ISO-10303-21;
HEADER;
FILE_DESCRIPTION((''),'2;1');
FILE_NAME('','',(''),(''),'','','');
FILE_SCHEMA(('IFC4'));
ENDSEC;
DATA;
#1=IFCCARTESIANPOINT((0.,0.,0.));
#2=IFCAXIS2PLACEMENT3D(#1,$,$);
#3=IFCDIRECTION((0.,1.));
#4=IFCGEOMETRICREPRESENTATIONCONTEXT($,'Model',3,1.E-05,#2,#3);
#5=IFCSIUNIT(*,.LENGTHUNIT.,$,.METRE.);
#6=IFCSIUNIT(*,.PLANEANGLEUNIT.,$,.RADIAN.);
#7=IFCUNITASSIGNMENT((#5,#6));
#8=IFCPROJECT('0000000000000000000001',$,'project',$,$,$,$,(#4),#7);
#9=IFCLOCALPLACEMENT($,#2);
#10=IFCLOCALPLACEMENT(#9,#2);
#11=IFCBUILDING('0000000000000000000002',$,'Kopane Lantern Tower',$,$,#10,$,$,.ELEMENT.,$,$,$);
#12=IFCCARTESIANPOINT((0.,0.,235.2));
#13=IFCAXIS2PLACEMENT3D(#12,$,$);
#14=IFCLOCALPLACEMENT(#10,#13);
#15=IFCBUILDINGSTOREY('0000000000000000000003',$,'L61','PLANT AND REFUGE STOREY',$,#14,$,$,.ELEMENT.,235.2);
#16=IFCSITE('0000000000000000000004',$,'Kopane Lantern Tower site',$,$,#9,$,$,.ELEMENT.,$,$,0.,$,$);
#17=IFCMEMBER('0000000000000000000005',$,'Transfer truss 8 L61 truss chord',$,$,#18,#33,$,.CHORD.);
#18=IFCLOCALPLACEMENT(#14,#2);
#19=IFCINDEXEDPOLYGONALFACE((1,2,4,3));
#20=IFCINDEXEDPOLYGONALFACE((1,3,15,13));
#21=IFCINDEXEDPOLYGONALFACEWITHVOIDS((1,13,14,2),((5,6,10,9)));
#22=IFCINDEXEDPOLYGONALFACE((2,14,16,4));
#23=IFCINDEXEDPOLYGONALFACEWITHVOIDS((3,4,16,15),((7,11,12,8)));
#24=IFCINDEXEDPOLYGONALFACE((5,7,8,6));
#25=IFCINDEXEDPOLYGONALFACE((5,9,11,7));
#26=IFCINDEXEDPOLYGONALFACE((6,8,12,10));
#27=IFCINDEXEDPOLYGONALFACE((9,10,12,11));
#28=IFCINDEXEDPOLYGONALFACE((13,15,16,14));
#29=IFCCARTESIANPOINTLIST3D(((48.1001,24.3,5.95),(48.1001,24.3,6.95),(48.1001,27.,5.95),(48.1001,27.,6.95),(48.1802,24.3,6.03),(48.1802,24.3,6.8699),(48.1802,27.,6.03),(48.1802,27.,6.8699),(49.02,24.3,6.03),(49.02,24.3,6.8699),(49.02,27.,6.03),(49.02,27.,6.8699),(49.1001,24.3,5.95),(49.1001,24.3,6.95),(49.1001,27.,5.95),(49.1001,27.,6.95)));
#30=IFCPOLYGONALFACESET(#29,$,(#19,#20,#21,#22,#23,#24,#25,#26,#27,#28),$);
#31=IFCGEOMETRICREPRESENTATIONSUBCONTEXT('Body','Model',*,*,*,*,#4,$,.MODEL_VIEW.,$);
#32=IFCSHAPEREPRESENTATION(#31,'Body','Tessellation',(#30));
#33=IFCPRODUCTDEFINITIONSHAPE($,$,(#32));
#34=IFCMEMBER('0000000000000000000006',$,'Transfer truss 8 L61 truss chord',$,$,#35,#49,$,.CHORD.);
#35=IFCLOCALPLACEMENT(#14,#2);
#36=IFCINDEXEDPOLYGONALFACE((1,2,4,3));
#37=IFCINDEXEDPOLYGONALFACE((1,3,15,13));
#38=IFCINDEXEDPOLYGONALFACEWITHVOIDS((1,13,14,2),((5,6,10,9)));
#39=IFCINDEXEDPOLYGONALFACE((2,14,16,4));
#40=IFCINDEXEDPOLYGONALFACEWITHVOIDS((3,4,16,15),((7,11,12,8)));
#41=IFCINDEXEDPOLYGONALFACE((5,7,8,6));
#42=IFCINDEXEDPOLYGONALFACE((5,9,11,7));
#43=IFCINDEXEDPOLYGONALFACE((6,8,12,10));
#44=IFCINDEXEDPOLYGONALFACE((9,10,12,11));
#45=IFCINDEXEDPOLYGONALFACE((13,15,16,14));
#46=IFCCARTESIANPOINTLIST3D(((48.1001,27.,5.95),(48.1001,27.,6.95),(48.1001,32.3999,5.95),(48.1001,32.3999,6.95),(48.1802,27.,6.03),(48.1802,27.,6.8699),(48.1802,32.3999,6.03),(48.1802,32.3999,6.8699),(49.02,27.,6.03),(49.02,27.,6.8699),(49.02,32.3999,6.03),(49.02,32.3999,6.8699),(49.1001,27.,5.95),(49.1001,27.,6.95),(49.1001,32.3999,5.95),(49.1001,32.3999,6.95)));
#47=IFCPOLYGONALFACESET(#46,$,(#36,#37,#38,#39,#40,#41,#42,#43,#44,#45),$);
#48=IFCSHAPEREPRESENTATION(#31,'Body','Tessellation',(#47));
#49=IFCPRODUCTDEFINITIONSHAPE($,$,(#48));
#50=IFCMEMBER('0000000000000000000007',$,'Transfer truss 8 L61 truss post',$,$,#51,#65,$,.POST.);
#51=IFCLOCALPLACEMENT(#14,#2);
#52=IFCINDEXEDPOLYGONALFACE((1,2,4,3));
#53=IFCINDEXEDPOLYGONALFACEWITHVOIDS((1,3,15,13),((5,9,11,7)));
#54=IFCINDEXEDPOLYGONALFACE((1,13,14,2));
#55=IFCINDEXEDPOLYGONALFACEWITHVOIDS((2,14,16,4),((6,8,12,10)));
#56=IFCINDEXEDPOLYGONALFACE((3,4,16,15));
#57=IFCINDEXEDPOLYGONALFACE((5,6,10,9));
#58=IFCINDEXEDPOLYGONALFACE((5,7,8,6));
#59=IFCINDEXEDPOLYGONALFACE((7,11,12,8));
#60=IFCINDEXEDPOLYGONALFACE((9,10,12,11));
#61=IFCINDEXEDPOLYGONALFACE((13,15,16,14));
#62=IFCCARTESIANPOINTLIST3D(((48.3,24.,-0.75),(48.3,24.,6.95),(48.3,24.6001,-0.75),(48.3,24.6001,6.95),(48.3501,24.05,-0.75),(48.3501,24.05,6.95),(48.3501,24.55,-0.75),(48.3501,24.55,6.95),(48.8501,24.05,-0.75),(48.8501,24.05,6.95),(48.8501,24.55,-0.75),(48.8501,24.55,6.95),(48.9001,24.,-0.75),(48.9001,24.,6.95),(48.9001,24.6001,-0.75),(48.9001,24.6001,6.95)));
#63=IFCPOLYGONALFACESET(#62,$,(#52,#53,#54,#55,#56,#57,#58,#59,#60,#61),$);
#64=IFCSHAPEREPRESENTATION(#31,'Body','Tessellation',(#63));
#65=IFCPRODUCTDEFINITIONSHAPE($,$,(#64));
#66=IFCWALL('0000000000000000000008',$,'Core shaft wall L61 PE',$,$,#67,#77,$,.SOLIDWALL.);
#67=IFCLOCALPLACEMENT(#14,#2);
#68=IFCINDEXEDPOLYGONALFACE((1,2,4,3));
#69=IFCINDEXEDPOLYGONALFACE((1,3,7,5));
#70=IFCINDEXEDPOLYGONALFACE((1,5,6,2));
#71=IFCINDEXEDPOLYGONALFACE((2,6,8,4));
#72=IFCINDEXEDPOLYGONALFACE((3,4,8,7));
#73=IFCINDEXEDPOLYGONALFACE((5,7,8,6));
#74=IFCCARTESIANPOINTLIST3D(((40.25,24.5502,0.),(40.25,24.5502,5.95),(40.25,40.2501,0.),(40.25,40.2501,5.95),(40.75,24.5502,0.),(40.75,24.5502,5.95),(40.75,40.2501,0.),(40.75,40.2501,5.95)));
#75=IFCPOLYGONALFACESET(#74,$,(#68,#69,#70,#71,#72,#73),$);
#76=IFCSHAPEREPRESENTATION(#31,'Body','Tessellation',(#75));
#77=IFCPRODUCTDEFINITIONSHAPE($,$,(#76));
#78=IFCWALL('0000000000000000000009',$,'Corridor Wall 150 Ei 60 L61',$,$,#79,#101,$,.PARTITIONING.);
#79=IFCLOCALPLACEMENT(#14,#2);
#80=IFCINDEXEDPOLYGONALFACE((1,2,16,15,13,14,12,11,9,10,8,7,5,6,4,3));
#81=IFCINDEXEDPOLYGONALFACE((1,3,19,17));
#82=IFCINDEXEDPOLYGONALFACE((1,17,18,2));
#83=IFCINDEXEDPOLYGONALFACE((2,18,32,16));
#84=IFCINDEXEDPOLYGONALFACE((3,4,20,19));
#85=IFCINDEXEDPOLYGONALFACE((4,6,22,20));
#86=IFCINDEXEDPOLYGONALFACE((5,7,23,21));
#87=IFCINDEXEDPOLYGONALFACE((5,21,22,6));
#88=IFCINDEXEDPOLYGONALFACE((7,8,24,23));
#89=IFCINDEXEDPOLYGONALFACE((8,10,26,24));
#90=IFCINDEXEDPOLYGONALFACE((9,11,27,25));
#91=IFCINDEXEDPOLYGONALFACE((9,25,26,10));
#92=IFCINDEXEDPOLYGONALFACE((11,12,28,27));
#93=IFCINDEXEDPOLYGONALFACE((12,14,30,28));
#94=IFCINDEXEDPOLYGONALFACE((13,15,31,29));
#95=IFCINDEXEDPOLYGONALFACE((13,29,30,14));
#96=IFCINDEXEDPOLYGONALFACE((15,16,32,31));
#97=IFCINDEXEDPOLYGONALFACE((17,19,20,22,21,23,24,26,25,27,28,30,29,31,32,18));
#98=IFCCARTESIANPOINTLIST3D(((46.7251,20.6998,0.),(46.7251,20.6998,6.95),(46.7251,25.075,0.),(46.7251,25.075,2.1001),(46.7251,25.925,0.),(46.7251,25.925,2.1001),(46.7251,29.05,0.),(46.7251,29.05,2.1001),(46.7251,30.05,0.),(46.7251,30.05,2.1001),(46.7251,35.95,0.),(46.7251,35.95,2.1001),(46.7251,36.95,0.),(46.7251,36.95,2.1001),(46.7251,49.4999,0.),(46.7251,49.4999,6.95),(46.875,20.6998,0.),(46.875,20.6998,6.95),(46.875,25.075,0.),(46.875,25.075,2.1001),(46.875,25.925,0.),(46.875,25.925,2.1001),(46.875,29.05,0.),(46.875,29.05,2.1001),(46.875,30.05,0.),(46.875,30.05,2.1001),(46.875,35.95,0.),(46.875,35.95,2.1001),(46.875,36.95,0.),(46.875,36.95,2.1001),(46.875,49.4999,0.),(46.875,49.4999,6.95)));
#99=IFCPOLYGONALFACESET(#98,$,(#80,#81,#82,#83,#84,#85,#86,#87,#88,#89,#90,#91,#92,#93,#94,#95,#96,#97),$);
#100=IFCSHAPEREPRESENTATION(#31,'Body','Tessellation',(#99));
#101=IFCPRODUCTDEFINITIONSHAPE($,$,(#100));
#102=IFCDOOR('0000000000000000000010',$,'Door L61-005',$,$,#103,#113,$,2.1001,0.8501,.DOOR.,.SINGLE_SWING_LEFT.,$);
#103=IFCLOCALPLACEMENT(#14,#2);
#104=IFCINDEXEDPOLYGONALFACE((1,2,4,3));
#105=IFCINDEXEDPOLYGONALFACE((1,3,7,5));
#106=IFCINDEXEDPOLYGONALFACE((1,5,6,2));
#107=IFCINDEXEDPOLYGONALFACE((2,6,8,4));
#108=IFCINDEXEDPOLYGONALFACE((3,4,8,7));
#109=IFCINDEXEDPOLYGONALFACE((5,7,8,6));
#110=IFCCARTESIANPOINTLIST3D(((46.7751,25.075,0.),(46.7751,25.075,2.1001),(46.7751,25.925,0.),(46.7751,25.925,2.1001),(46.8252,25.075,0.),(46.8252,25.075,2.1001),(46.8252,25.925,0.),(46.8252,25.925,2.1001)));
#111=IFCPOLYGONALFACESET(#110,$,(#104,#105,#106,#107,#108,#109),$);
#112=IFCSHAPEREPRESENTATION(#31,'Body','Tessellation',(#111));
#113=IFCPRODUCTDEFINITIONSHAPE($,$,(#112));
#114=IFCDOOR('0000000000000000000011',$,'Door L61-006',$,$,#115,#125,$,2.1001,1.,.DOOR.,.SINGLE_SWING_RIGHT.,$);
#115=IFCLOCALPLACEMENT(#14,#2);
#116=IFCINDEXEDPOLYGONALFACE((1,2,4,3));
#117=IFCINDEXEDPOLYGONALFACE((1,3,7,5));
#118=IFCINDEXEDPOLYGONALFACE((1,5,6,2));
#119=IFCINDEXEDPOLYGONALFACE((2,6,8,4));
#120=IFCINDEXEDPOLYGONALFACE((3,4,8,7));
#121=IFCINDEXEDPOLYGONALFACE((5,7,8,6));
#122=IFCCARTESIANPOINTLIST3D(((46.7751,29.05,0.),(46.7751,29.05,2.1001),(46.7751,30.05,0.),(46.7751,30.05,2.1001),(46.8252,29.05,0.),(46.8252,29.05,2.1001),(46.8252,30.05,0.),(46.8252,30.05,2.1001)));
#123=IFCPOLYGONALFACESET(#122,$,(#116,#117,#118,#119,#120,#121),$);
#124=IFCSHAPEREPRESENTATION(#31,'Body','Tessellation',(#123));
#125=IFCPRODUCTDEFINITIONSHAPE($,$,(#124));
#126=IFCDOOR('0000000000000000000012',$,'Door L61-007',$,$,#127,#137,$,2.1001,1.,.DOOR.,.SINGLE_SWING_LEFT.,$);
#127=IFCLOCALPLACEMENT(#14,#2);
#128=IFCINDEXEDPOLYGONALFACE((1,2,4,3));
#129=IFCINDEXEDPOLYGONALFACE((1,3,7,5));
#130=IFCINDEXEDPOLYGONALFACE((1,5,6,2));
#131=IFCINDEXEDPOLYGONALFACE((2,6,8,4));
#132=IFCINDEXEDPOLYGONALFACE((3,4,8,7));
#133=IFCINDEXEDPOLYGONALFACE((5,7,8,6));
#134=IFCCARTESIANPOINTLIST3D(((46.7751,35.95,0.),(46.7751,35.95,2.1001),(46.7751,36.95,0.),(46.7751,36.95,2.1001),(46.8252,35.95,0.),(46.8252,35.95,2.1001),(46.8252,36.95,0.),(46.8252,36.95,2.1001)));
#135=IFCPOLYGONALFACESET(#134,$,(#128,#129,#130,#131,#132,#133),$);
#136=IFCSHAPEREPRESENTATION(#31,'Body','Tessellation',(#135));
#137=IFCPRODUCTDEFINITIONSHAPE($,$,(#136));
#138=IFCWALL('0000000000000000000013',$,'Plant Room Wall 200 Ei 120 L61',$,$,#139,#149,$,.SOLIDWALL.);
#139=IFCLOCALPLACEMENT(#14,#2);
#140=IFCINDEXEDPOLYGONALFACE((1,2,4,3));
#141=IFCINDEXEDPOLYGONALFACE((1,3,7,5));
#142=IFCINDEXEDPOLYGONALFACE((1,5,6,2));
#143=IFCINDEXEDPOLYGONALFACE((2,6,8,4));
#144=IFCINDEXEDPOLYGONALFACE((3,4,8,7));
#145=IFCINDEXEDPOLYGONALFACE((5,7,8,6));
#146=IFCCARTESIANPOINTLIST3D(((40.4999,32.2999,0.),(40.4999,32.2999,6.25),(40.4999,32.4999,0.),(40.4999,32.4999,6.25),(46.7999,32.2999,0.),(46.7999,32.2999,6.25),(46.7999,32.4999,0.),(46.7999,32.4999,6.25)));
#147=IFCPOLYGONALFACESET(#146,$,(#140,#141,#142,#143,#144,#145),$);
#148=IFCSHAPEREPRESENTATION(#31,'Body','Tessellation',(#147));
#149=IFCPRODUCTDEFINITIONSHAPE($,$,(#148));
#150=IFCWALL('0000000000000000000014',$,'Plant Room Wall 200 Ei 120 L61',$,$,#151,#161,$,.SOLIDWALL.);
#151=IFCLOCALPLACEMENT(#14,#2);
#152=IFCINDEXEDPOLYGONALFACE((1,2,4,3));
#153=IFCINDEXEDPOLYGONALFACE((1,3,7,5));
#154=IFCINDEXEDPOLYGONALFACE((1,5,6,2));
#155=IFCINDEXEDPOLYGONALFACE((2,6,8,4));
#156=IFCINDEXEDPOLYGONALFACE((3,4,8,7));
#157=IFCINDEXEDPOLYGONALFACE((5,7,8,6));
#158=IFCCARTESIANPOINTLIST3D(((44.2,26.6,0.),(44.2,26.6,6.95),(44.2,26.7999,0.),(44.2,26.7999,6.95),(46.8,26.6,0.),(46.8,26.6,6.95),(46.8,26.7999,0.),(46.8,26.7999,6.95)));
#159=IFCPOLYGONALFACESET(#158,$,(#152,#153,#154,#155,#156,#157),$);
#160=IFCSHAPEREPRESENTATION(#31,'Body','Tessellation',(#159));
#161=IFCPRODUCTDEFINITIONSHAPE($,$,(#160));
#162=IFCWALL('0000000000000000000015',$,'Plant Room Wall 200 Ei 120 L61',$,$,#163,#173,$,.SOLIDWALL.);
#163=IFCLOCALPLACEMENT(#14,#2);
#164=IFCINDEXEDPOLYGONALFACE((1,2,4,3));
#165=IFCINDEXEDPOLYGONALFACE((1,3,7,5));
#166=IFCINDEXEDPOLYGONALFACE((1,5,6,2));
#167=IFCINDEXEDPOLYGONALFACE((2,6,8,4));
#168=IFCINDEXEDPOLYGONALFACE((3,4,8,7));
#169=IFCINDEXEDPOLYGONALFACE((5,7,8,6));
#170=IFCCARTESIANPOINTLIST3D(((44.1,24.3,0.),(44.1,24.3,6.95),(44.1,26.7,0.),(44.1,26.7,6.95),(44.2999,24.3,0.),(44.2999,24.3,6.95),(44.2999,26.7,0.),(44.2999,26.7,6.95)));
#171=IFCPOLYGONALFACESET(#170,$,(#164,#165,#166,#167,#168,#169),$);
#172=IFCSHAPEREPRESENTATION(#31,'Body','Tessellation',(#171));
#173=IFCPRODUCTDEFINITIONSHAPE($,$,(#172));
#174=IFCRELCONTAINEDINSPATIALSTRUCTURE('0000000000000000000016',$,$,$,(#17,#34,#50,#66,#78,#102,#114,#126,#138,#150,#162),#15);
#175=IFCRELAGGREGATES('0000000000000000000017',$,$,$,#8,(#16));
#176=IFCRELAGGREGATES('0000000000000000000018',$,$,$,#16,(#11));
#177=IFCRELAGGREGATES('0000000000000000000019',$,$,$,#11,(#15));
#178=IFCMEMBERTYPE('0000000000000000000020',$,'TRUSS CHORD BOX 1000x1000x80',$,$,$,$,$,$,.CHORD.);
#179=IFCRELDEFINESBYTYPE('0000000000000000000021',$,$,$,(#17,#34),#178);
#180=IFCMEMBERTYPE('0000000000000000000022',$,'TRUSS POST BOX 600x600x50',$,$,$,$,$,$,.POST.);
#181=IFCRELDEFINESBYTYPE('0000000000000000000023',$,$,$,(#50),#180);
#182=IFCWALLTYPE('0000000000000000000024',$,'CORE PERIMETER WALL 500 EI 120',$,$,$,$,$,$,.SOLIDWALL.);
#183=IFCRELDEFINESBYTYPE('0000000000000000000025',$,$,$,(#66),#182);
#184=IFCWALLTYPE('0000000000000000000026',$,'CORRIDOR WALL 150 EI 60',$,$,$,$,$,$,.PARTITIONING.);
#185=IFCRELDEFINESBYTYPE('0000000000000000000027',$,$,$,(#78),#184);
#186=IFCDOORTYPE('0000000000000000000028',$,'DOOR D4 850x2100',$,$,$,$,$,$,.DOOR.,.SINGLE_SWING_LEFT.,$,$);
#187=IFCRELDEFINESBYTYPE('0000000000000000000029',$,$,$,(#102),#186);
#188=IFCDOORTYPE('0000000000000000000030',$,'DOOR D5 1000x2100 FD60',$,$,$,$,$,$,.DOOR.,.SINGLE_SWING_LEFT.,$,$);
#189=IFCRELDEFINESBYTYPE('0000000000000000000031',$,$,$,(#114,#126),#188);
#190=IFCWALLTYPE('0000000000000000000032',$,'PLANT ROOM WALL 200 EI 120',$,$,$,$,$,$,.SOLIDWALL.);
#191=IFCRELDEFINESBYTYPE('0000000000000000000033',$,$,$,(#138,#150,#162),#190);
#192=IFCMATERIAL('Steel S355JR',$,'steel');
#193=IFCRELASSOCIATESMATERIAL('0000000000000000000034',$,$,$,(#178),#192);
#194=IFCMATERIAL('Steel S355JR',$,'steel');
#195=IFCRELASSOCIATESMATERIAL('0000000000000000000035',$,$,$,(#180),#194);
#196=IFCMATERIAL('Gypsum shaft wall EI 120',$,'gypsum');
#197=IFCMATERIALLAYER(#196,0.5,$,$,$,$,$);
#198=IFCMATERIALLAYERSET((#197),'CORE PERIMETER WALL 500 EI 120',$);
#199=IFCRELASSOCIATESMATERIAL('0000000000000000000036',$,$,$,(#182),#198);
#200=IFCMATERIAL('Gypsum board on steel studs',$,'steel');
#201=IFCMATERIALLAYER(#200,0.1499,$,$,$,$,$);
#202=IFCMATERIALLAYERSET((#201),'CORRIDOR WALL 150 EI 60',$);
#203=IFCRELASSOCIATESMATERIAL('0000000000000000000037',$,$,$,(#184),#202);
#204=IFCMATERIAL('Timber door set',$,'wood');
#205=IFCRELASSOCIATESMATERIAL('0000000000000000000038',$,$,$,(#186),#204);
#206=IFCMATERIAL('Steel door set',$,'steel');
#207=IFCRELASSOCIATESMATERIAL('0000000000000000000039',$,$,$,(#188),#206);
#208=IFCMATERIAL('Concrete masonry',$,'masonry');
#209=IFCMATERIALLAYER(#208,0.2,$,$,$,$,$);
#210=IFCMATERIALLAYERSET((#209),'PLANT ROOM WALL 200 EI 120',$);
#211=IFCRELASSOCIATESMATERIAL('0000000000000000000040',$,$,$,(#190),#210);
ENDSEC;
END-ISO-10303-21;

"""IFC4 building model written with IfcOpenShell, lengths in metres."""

from ifc_helpers import new_model, si_unit, direction, frame, frame_2d, origin, origin_2d, place, context, subcontext, project, spatial, rectangle, hollow_rectangle, extrude, material, layer, layer_set, material_profile, profile_set, type_object, element, fill, save


model = new_model("IFC4")

# Units and contexts
model_context = context("Model", 3, precision=1e-05, world=origin(), true_north=direction((0.0, 1.0)))
body_context = subcontext(model_context, "Body", "Model", "MODEL_VIEW")
ifc_project = project(units=[si_unit("LENGTHUNIT", "METRE"), si_unit("PLANEANGLEUNIT", "RADIAN")], contexts=[model_context])

# Site, building, storey
site_placement = place(None, origin())
site = spatial("IfcSite", under=ifc_project, at=site_placement, Name="Kopane Lantern Tower site", CompositionType="ELEMENT", RefElevation=0.0)
building_placement = place(site_placement, origin())
building = spatial("IfcBuilding", under=site, at=building_placement, Name="Kopane Lantern Tower", CompositionType="ELEMENT")
storey_placement = place(building_placement, frame((0.0, 0.0, 235.2)))
storey = spatial("IfcBuildingStorey", under=building, at=storey_placement, Name="L61", Description="PLANT AND REFUGE STOREY", CompositionType="ELEMENT", Elevation=235.2)

# Members
ifc_material_1 = material(Name="Steel S355JR", Category="steel")
ifc_material_profile_1 = material_profile(ifc_material_1, hollow_rectangle(XDim=1.0, YDim=1.0, WallThickness=0.0801, at=origin_2d()), Name="BOX 1000x1000x80")
ifc_profile_set_1 = profile_set([ifc_material_profile_1], Name="Steel S355JR")
member_type_1 = type_object("IfcMemberType", Name="TRUSS CHORD BOX 1000x1000x80", PredefinedType="CHORD", material=ifc_profile_set_1)
member_1_placement = place(storey_placement, frame((48.6001, 24.3, 6.45), z_axis=(0.0, 1.0, 0.0), x_axis=(-1.0, 0.0, 0.0)))
element("IfcMember", 1, at=member_1_placement, inside=storey, type_object=member_type_1, Name="Transfer truss 8 L61 truss chord", PredefinedType="CHORD", context=body_context, shape_type="SweptSolid", body=[
    extrude(hollow_rectangle(XDim=1.0, YDim=1.0, WallThickness=0.0801, at=origin_2d()), origin(), (0.0, 0.0, 1.0), 2.7),
])
member_2_placement = place(storey_placement, frame((48.6001, 27.0, 6.45), z_axis=(0.0, 1.0, 0.0), x_axis=(-1.0, 0.0, 0.0)))
element("IfcMember", 2, at=member_2_placement, inside=storey, type_object=member_type_1, Name="Transfer truss 8 L61 truss chord", PredefinedType="CHORD", context=body_context, shape_type="SweptSolid", body=[
    extrude(hollow_rectangle(XDim=1.0, YDim=1.0, WallThickness=0.0801, at=origin_2d()), origin(), (0.0, 0.0, 1.0), 5.3999),
])
ifc_material_2 = material(Name="Steel S355JR", Category="steel")
ifc_material_profile_2 = material_profile(ifc_material_2, hollow_rectangle(XDim=0.6001, YDim=0.6001, WallThickness=0.05, at=origin_2d()), Name="BOX 600x600x50")
ifc_profile_set_2 = profile_set([ifc_material_profile_2], Name="Steel S355JR")
member_type_2 = type_object("IfcMemberType", Name="TRUSS POST BOX 600x600x50", PredefinedType="POST", material=ifc_profile_set_2)
member_3_placement = place(storey_placement, frame((48.6001, 24.3, -0.75), z_axis=(0.0, 0.0, 1.0), x_axis=(1.0, 0.0, 0.0)))
element("IfcMember", 3, at=member_3_placement, inside=storey, type_object=member_type_2, Name="Transfer truss 8 L61 truss post", PredefinedType="POST", context=body_context, shape_type="SweptSolid", body=[
    extrude(hollow_rectangle(XDim=0.6001, YDim=0.6001, WallThickness=0.05, at=origin_2d()), origin(), (0.0, 0.0, 1.0), 7.7),
])

# Wall
ifc_material_3 = material(Name="Gypsum shaft wall EI 120", Category="gypsum")
ifc_layer_1 = layer(ifc_material_3, 0.5)
ifc_layer_set_1 = layer_set([ifc_layer_1], Name="CORE PERIMETER WALL 500 EI 120")
wall_type_1 = type_object("IfcWallType", Name="CORE PERIMETER WALL 500 EI 120", PredefinedType="SOLIDWALL", material=ifc_layer_set_1)
wall_1_placement = place(storey_placement, frame((40.5, 24.55, 0.0), z_axis=(0.0, 0.0, 1.0), x_axis=(0.0, 1.0, 0.0)))
element("IfcWall", 4, at=wall_1_placement, inside=storey, type_object=wall_type_1, Name="Core shaft wall L61 PE", PredefinedType="SOLIDWALL", context=body_context, shape_type="SweptSolid", body=[
    extrude(rectangle(XDim=15.7, YDim=0.5, at=frame_2d((7.8501, 0.0))), origin(), (0.0, 0.0, 1.0), 5.95),
])

# Wall, openings, doors
ifc_material_4 = material(Name="Gypsum board on steel studs", Category="steel")
ifc_layer_2 = layer(ifc_material_4, 0.1499)
ifc_layer_set_2 = layer_set([ifc_layer_2], Name="CORRIDOR WALL 150 EI 60")
wall_type_2 = type_object("IfcWallType", Name="CORRIDOR WALL 150 EI 60", PredefinedType="PARTITIONING", material=ifc_layer_set_2)
wall_2_placement = place(storey_placement, frame((46.8, 20.7, 0.0), z_axis=(0.0, 0.0, 1.0), x_axis=(0.0, 1.0, 0.0)))
wall_2 = element("IfcWall", 5, at=wall_2_placement, inside=storey, type_object=wall_type_2, Name="Corridor Wall 150 Ei 60 L61", PredefinedType="PARTITIONING", context=body_context, shape_type="SweptSolid", body=[
    extrude(rectangle(XDim=28.8, YDim=0.1499, at=frame_2d((14.3999, 0.0))), origin(), (0.0, 0.0, 1.0), 6.95),
])
opening_1_placement = place(wall_2_placement, frame((4.375, 0.0, 0.0)))
opening_1 = element("IfcOpeningElement", 6, at=opening_1_placement, cuts=wall_2, PredefinedType="OPENING", context=body_context, shape_type="SweptSolid", body=[
    extrude(rectangle(XDim=0.8501, YDim=2.1001, at=frame_2d((0.425, 1.05))), frame((0.0, 0.085, 0.0), z_axis=(0.0, -1.0, 0.0), x_axis=(1.0, 0.0, 0.0)), (0.0, 0.0, 1.0), 0.1699),
])
opening_2_placement = place(wall_2_placement, frame((8.3501, 0.0, 0.0)))
opening_2 = element("IfcOpeningElement", 7, at=opening_2_placement, cuts=wall_2, PredefinedType="OPENING", context=body_context, shape_type="SweptSolid", body=[
    extrude(rectangle(XDim=1.0, YDim=2.1001, at=frame_2d((0.5, 1.05))), frame((0.0, 0.085, 0.0), z_axis=(0.0, -1.0, 0.0), x_axis=(1.0, 0.0, 0.0)), (0.0, 0.0, 1.0), 0.1699),
])
opening_3_placement = place(wall_2_placement, frame((15.25, 0.0, 0.0)))
opening_3 = element("IfcOpeningElement", 8, at=opening_3_placement, cuts=wall_2, PredefinedType="OPENING", context=body_context, shape_type="SweptSolid", body=[
    extrude(rectangle(XDim=1.0, YDim=2.1001, at=frame_2d((0.5, 1.05))), frame((0.0, 0.085, 0.0), z_axis=(0.0, -1.0, 0.0), x_axis=(1.0, 0.0, 0.0)), (0.0, 0.0, 1.0), 0.1699),
])
ifc_material_5 = material(Name="Timber door set", Category="wood")
door_type_1 = type_object("IfcDoorType", Name="DOOR D4 850x2100", OperationType="SINGLE_SWING_LEFT", PredefinedType="DOOR", material=ifc_material_5)
door_1_placement = place(opening_1_placement, origin())
door_1 = element("IfcDoor", 9, at=door_1_placement, inside=storey, type_object=door_type_1, Name="Door L61-005", OperationType="SINGLE_SWING_LEFT", OverallHeight=2.1001, OverallWidth=0.8501, PredefinedType="DOOR", context=body_context, shape_type="SweptSolid", body=[
    extrude(rectangle(XDim=0.8501, YDim=2.1001, at=frame_2d((0.425, 1.05))), frame((0.0, 0.0249, 0.0), z_axis=(0.0, -1.0, 0.0), x_axis=(1.0, 0.0, 0.0)), (0.0, 0.0, 1.0), 0.05),
])
fill(opening_1, door_1)
ifc_material_6 = material(Name="Steel door set", Category="steel")
door_type_2 = type_object("IfcDoorType", Name="DOOR D5 1000x2100 FD60", OperationType="SINGLE_SWING_LEFT", PredefinedType="DOOR", material=ifc_material_6)
door_2_placement = place(opening_2_placement, origin())
door_2 = element("IfcDoor", 10, at=door_2_placement, inside=storey, type_object=door_type_2, Name="Door L61-006", OperationType="SINGLE_SWING_RIGHT", OverallHeight=2.1001, OverallWidth=1.0, PredefinedType="DOOR", context=body_context, shape_type="SweptSolid", body=[
    extrude(rectangle(XDim=1.0, YDim=2.1001, at=frame_2d((0.5, 1.05))), frame((0.0, 0.0249, 0.0), z_axis=(0.0, -1.0, 0.0), x_axis=(1.0, 0.0, 0.0)), (0.0, 0.0, 1.0), 0.05),
])
fill(opening_2, door_2)
door_3_placement = place(opening_3_placement, origin())
door_3 = element("IfcDoor", 11, at=door_3_placement, inside=storey, type_object=door_type_2, Name="Door L61-007", OperationType="SINGLE_SWING_LEFT", OverallHeight=2.1001, OverallWidth=1.0, PredefinedType="DOOR", context=body_context, shape_type="SweptSolid", body=[
    extrude(rectangle(XDim=1.0, YDim=2.1001, at=frame_2d((0.5, 1.05))), frame((0.0, 0.0249, 0.0), z_axis=(0.0, -1.0, 0.0), x_axis=(1.0, 0.0, 0.0)), (0.0, 0.0, 1.0), 0.05),
])
fill(opening_3, door_3)

# Walls
ifc_material_7 = material(Name="Concrete masonry", Category="masonry")
ifc_layer_3 = layer(ifc_material_7, 0.2)
ifc_layer_set_3 = layer_set([ifc_layer_3], Name="PLANT ROOM WALL 200 EI 120")
wall_type_3 = type_object("IfcWallType", Name="PLANT ROOM WALL 200 EI 120", PredefinedType="SOLIDWALL", material=ifc_layer_set_3)
wall_3_placement = place(storey_placement, frame((40.5, 32.3999, 0.0), z_axis=(0.0, 0.0, 1.0), x_axis=(1.0, 0.0, 0.0)))
element("IfcWall", 12, at=wall_3_placement, inside=storey, type_object=wall_type_3, Name="Plant Room Wall 200 Ei 120 L61", PredefinedType="SOLIDWALL", context=body_context, shape_type="SweptSolid", body=[
    extrude(rectangle(XDim=6.3, YDim=0.2, at=frame_2d((3.1499, 0.0))), origin(), (0.0, 0.0, 1.0), 6.25),
])
wall_4_placement = place(storey_placement, frame((46.8, 26.7, 0.0), z_axis=(0.0, 0.0, 1.0), x_axis=(-1.0, 0.0, 0.0)))
element("IfcWall", 13, at=wall_4_placement, inside=storey, type_object=wall_type_3, Name="Plant Room Wall 200 Ei 120 L61", PredefinedType="SOLIDWALL", context=body_context, shape_type="SweptSolid", body=[
    extrude(rectangle(XDim=2.6001, YDim=0.2, at=frame_2d((1.3, 0.0))), origin(), (0.0, 0.0, 1.0), 6.95),
])
wall_5_placement = place(storey_placement, frame((44.2, 24.3, 0.0), z_axis=(0.0, 0.0, 1.0), x_axis=(0.0, 1.0, 0.0)))
element("IfcWall", 14, at=wall_5_placement, inside=storey, type_object=wall_type_3, Name="Plant Room Wall 200 Ei 120 L61", PredefinedType="SOLIDWALL", context=body_context, shape_type="SweptSolid", body=[
    extrude(rectangle(XDim=2.3999, YDim=0.2, at=frame_2d((1.2, 0.0))), origin(), (0.0, 0.0, 1.0), 6.95),
])

save(model, "model.ifc")
